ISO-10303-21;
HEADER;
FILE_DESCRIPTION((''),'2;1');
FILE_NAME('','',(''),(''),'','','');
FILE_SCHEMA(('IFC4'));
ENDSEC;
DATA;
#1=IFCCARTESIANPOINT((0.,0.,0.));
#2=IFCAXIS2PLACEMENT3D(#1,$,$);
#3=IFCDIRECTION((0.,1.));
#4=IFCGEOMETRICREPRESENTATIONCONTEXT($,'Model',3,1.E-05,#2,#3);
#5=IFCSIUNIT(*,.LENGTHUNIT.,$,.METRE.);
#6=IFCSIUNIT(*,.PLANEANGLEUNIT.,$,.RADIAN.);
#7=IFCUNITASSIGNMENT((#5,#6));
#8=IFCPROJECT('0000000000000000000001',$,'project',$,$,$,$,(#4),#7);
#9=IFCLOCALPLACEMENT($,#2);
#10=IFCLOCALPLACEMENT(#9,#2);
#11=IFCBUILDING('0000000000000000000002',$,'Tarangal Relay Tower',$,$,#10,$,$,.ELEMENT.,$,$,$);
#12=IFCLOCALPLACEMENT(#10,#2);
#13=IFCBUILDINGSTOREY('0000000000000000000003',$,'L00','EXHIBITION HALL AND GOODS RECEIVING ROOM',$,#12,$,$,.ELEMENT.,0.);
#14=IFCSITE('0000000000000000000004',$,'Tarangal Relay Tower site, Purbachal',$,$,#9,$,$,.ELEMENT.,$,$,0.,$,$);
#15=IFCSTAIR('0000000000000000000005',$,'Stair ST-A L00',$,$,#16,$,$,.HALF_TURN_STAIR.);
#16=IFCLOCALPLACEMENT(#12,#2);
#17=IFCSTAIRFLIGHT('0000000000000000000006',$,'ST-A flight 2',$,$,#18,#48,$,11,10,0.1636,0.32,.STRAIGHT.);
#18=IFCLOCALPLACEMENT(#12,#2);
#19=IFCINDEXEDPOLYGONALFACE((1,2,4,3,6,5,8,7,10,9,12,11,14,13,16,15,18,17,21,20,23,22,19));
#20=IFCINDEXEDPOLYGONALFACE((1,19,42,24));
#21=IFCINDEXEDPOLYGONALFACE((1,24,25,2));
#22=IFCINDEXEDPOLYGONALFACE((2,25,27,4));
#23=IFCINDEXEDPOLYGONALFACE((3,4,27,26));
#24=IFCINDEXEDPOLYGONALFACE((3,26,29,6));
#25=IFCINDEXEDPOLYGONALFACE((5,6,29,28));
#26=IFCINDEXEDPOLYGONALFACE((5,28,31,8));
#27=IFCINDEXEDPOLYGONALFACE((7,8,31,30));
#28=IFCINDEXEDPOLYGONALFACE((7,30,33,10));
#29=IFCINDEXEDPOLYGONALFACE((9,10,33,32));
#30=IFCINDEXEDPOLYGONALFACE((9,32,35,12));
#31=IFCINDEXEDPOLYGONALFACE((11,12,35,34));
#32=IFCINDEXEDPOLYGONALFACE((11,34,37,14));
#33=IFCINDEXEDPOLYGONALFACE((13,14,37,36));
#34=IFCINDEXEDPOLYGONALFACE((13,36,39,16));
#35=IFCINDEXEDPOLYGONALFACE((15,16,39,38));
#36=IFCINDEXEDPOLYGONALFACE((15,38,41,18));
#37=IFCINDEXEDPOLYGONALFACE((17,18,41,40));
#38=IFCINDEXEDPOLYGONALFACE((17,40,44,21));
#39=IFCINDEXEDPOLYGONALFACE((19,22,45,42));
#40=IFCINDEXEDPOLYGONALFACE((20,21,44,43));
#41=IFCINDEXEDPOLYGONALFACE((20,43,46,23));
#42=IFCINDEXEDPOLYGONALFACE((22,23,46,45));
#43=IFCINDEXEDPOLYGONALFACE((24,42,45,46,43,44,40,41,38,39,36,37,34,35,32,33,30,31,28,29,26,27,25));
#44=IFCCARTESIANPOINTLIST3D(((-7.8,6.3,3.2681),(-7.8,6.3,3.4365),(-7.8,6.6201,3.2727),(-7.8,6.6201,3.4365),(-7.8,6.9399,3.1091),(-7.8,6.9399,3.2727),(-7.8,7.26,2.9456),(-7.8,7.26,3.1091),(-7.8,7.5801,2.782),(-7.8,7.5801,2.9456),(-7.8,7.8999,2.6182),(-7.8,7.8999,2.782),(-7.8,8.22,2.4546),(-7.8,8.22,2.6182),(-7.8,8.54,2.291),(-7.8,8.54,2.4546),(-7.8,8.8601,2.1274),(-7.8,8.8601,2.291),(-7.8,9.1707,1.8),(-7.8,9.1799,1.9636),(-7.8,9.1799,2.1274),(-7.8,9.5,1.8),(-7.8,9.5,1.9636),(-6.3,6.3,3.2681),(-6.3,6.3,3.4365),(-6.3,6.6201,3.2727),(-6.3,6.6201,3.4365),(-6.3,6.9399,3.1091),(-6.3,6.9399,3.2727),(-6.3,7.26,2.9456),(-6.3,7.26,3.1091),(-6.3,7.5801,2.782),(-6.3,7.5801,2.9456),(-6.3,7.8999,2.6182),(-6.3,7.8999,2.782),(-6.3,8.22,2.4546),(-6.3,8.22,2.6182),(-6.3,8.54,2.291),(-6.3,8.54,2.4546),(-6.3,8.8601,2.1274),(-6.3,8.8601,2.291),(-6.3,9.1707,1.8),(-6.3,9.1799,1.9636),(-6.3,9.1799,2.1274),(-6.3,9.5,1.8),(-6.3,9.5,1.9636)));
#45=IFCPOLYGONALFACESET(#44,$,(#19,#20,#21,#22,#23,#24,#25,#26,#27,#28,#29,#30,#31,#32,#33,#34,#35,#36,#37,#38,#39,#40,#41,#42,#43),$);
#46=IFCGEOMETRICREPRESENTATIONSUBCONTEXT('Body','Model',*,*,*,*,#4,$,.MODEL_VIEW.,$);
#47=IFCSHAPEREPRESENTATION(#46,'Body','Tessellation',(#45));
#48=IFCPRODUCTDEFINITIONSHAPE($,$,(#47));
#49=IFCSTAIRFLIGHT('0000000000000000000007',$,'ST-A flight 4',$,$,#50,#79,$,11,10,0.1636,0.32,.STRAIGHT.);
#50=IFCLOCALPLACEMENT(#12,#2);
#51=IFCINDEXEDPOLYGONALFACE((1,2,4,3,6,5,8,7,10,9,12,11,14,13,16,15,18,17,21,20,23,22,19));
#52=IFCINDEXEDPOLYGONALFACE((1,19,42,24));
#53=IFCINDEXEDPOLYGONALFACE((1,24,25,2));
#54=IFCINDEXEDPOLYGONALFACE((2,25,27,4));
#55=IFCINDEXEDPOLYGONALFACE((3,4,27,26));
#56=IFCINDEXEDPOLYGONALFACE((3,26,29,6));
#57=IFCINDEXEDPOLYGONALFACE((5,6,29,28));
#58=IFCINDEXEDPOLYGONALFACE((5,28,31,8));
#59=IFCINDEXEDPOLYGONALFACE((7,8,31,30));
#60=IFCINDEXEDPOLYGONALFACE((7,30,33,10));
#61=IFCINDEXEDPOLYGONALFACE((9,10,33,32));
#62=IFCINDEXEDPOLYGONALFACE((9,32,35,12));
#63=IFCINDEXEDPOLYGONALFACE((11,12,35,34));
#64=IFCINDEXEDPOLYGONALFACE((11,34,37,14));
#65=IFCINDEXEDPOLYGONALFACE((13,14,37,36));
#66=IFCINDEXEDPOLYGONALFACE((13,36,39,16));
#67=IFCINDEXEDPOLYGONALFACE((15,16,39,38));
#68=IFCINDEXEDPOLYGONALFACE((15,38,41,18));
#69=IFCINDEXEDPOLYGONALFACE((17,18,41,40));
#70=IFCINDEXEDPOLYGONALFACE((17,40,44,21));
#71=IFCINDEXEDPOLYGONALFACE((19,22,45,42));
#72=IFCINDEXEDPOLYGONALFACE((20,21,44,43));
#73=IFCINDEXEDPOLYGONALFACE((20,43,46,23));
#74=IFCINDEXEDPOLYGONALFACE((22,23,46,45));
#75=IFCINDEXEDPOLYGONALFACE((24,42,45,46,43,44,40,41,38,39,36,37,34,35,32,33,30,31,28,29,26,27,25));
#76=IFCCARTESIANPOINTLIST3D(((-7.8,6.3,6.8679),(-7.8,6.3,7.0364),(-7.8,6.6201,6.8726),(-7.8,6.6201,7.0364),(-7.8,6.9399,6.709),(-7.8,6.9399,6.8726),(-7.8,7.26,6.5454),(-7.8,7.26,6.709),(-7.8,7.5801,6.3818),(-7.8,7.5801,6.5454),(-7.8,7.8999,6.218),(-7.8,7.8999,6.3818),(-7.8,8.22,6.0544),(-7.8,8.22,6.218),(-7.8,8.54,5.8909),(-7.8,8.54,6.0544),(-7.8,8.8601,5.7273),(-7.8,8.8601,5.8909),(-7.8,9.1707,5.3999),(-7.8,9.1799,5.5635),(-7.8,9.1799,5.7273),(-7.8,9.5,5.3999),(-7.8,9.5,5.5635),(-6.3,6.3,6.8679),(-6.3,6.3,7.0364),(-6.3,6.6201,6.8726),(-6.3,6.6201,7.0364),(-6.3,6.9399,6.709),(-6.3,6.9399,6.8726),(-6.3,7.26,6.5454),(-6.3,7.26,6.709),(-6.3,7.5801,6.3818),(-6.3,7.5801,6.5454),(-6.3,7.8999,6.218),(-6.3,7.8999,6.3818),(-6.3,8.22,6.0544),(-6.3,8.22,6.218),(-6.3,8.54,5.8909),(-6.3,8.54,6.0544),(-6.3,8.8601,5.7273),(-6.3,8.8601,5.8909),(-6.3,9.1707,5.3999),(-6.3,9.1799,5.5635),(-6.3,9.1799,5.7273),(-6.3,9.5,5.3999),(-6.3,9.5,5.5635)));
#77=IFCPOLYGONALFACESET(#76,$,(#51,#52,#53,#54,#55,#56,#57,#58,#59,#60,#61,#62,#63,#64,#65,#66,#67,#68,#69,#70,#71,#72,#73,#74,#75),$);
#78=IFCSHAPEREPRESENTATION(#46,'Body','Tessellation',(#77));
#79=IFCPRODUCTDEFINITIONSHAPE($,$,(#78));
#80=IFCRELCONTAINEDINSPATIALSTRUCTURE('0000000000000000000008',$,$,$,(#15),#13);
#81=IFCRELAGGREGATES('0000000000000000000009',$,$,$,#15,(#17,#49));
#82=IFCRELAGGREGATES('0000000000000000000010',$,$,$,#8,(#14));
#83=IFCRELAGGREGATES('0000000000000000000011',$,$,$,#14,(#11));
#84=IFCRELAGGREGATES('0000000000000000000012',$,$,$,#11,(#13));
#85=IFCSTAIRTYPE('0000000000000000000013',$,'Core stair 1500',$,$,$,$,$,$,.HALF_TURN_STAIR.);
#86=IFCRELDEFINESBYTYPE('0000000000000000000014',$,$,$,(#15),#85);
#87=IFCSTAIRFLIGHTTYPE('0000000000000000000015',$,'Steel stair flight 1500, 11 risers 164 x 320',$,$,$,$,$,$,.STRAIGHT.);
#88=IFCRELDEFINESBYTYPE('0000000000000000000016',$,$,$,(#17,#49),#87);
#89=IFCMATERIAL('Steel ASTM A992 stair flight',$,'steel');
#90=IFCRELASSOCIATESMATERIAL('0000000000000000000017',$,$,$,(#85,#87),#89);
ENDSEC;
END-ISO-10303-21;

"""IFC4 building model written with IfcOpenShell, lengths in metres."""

from ifc_helpers import new_model, si_unit, direction, frame, origin, place, context, subcontext, project, spatial, polyline, outline, extrude, material, type_object, element, aggregate, save


model = new_model("IFC4")

# Units and contexts
model_context = context("Model", 3, precision=1e-05, world=origin(), true_north=direction((0.0, 1.0)))
body_context = subcontext(model_context, "Body", "Model", "MODEL_VIEW")
ifc_project = project(units=[si_unit("LENGTHUNIT", "METRE"), si_unit("PLANEANGLEUNIT", "RADIAN")], contexts=[model_context])

# Site, building, storey
site_placement = place(None, origin())
site = spatial("IfcSite", under=ifc_project, at=site_placement, Name="Tarangal Relay Tower site, Purbachal", CompositionType="ELEMENT", RefElevation=0.0)
building_placement = place(site_placement, origin())
building = spatial("IfcBuilding", under=site, at=building_placement, Name="Tarangal Relay Tower", CompositionType="ELEMENT")
storey_placement = place(building_placement, origin())
storey = spatial("IfcBuildingStorey", under=building, at=storey_placement, Name="L00", Description="EXHIBITION HALL AND GOODS RECEIVING ROOM", CompositionType="ELEMENT", Elevation=0.0)

# Stair, stair flights
ifc_material_1 = material(Name="Steel ASTM A992 stair flight", Category="steel")
stair_type = type_object("IfcStairType", Name="Core stair 1500", PredefinedType="HALF_TURN_STAIR", material=ifc_material_1)
stair_placement = place(storey_placement, origin())
stair = element("IfcStair", 1, at=stair_placement, inside=storey, type_object=stair_type, Name="Stair ST-A L00", PredefinedType="HALF_TURN_STAIR")
stair_flight_type = type_object("IfcStairFlightType", Name="Steel stair flight 1500, 11 risers 164 x 320", PredefinedType="STRAIGHT", material=ifc_material_1)
stair_flight_1_placement = place(storey_placement, frame((-7.05, 9.5, 1.8), z_axis=(0.0, 0.0, 1.0), x_axis=(0.0, -1.0, 0.0)))
stair_flight_1 = element("IfcStairFlight", 2, at=stair_flight_1_placement, type_object=stair_flight_type, Name="ST-A flight 2", NumberOfRisers=11, NumberOfTreads=10, PredefinedType="STRAIGHT", RiserHeight=0.1636, TreadLength=0.32, context=body_context, shape_type="SweptSolid", body=[
    extrude(outline(polyline([(0.0, 0.0), (0.0, 0.1636), (0.3201, 0.1636), (0.3201, 0.3274), (0.6399, 0.3274), (0.6399, 0.491), (0.96, 0.491), (0.96, 0.6545), (1.28, 0.6545), (1.28, 0.8181), (1.6001, 0.8181), (1.6001, 0.9819), (1.9199, 0.9819), (1.9199, 1.1455), (2.24, 1.1455), (2.24, 1.3091), (2.5601, 1.3091), (2.5601, 1.4727), (2.8799, 1.4727), (2.8799, 1.6365), (3.2, 1.6365), (3.2, 1.8), (3.2, 1.468), (0.3293, 0.0), (0.0, 0.0)])), frame((0.0, 0.75, 0.0), z_axis=(0.0, -1.0, 0.0), x_axis=(1.0, 0.0, 0.0)), (0.0, 0.0, 1.0), 1.5),
])
stair_flight_2_placement = place(storey_placement, frame((-7.05, 9.5, 5.3999), z_axis=(0.0, 0.0, 1.0), x_axis=(0.0, -1.0, 0.0)))
stair_flight_2 = element("IfcStairFlight", 3, at=stair_flight_2_placement, type_object=stair_flight_type, Name="ST-A flight 4", NumberOfRisers=11, NumberOfTreads=10, PredefinedType="STRAIGHT", RiserHeight=0.1636, TreadLength=0.32, context=body_context, shape_type="SweptSolid", body=[
    extrude(outline(polyline([(0.0, 0.0), (0.0, 0.1636), (0.3201, 0.1636), (0.3201, 0.3274), (0.6399, 0.3274), (0.6399, 0.491), (0.96, 0.491), (0.96, 0.6545), (1.28, 0.6545), (1.28, 0.8181), (1.6001, 0.8181), (1.6001, 0.9819), (1.9199, 0.9819), (1.9199, 1.1455), (2.24, 1.1455), (2.24, 1.3091), (2.5601, 1.3091), (2.5601, 1.4727), (2.8799, 1.4727), (2.8799, 1.6365), (3.2, 1.6365), (3.2, 1.8), (3.2, 1.468), (0.3293, 0.0), (0.0, 0.0)])), frame((0.0, 0.75, 0.0), z_axis=(0.0, -1.0, 0.0), x_axis=(1.0, 0.0, 0.0)), (0.0, 0.0, 1.0), 1.5),
])
aggregate(stair, [stair_flight_1, stair_flight_2])

save(model, "model.ifc")
